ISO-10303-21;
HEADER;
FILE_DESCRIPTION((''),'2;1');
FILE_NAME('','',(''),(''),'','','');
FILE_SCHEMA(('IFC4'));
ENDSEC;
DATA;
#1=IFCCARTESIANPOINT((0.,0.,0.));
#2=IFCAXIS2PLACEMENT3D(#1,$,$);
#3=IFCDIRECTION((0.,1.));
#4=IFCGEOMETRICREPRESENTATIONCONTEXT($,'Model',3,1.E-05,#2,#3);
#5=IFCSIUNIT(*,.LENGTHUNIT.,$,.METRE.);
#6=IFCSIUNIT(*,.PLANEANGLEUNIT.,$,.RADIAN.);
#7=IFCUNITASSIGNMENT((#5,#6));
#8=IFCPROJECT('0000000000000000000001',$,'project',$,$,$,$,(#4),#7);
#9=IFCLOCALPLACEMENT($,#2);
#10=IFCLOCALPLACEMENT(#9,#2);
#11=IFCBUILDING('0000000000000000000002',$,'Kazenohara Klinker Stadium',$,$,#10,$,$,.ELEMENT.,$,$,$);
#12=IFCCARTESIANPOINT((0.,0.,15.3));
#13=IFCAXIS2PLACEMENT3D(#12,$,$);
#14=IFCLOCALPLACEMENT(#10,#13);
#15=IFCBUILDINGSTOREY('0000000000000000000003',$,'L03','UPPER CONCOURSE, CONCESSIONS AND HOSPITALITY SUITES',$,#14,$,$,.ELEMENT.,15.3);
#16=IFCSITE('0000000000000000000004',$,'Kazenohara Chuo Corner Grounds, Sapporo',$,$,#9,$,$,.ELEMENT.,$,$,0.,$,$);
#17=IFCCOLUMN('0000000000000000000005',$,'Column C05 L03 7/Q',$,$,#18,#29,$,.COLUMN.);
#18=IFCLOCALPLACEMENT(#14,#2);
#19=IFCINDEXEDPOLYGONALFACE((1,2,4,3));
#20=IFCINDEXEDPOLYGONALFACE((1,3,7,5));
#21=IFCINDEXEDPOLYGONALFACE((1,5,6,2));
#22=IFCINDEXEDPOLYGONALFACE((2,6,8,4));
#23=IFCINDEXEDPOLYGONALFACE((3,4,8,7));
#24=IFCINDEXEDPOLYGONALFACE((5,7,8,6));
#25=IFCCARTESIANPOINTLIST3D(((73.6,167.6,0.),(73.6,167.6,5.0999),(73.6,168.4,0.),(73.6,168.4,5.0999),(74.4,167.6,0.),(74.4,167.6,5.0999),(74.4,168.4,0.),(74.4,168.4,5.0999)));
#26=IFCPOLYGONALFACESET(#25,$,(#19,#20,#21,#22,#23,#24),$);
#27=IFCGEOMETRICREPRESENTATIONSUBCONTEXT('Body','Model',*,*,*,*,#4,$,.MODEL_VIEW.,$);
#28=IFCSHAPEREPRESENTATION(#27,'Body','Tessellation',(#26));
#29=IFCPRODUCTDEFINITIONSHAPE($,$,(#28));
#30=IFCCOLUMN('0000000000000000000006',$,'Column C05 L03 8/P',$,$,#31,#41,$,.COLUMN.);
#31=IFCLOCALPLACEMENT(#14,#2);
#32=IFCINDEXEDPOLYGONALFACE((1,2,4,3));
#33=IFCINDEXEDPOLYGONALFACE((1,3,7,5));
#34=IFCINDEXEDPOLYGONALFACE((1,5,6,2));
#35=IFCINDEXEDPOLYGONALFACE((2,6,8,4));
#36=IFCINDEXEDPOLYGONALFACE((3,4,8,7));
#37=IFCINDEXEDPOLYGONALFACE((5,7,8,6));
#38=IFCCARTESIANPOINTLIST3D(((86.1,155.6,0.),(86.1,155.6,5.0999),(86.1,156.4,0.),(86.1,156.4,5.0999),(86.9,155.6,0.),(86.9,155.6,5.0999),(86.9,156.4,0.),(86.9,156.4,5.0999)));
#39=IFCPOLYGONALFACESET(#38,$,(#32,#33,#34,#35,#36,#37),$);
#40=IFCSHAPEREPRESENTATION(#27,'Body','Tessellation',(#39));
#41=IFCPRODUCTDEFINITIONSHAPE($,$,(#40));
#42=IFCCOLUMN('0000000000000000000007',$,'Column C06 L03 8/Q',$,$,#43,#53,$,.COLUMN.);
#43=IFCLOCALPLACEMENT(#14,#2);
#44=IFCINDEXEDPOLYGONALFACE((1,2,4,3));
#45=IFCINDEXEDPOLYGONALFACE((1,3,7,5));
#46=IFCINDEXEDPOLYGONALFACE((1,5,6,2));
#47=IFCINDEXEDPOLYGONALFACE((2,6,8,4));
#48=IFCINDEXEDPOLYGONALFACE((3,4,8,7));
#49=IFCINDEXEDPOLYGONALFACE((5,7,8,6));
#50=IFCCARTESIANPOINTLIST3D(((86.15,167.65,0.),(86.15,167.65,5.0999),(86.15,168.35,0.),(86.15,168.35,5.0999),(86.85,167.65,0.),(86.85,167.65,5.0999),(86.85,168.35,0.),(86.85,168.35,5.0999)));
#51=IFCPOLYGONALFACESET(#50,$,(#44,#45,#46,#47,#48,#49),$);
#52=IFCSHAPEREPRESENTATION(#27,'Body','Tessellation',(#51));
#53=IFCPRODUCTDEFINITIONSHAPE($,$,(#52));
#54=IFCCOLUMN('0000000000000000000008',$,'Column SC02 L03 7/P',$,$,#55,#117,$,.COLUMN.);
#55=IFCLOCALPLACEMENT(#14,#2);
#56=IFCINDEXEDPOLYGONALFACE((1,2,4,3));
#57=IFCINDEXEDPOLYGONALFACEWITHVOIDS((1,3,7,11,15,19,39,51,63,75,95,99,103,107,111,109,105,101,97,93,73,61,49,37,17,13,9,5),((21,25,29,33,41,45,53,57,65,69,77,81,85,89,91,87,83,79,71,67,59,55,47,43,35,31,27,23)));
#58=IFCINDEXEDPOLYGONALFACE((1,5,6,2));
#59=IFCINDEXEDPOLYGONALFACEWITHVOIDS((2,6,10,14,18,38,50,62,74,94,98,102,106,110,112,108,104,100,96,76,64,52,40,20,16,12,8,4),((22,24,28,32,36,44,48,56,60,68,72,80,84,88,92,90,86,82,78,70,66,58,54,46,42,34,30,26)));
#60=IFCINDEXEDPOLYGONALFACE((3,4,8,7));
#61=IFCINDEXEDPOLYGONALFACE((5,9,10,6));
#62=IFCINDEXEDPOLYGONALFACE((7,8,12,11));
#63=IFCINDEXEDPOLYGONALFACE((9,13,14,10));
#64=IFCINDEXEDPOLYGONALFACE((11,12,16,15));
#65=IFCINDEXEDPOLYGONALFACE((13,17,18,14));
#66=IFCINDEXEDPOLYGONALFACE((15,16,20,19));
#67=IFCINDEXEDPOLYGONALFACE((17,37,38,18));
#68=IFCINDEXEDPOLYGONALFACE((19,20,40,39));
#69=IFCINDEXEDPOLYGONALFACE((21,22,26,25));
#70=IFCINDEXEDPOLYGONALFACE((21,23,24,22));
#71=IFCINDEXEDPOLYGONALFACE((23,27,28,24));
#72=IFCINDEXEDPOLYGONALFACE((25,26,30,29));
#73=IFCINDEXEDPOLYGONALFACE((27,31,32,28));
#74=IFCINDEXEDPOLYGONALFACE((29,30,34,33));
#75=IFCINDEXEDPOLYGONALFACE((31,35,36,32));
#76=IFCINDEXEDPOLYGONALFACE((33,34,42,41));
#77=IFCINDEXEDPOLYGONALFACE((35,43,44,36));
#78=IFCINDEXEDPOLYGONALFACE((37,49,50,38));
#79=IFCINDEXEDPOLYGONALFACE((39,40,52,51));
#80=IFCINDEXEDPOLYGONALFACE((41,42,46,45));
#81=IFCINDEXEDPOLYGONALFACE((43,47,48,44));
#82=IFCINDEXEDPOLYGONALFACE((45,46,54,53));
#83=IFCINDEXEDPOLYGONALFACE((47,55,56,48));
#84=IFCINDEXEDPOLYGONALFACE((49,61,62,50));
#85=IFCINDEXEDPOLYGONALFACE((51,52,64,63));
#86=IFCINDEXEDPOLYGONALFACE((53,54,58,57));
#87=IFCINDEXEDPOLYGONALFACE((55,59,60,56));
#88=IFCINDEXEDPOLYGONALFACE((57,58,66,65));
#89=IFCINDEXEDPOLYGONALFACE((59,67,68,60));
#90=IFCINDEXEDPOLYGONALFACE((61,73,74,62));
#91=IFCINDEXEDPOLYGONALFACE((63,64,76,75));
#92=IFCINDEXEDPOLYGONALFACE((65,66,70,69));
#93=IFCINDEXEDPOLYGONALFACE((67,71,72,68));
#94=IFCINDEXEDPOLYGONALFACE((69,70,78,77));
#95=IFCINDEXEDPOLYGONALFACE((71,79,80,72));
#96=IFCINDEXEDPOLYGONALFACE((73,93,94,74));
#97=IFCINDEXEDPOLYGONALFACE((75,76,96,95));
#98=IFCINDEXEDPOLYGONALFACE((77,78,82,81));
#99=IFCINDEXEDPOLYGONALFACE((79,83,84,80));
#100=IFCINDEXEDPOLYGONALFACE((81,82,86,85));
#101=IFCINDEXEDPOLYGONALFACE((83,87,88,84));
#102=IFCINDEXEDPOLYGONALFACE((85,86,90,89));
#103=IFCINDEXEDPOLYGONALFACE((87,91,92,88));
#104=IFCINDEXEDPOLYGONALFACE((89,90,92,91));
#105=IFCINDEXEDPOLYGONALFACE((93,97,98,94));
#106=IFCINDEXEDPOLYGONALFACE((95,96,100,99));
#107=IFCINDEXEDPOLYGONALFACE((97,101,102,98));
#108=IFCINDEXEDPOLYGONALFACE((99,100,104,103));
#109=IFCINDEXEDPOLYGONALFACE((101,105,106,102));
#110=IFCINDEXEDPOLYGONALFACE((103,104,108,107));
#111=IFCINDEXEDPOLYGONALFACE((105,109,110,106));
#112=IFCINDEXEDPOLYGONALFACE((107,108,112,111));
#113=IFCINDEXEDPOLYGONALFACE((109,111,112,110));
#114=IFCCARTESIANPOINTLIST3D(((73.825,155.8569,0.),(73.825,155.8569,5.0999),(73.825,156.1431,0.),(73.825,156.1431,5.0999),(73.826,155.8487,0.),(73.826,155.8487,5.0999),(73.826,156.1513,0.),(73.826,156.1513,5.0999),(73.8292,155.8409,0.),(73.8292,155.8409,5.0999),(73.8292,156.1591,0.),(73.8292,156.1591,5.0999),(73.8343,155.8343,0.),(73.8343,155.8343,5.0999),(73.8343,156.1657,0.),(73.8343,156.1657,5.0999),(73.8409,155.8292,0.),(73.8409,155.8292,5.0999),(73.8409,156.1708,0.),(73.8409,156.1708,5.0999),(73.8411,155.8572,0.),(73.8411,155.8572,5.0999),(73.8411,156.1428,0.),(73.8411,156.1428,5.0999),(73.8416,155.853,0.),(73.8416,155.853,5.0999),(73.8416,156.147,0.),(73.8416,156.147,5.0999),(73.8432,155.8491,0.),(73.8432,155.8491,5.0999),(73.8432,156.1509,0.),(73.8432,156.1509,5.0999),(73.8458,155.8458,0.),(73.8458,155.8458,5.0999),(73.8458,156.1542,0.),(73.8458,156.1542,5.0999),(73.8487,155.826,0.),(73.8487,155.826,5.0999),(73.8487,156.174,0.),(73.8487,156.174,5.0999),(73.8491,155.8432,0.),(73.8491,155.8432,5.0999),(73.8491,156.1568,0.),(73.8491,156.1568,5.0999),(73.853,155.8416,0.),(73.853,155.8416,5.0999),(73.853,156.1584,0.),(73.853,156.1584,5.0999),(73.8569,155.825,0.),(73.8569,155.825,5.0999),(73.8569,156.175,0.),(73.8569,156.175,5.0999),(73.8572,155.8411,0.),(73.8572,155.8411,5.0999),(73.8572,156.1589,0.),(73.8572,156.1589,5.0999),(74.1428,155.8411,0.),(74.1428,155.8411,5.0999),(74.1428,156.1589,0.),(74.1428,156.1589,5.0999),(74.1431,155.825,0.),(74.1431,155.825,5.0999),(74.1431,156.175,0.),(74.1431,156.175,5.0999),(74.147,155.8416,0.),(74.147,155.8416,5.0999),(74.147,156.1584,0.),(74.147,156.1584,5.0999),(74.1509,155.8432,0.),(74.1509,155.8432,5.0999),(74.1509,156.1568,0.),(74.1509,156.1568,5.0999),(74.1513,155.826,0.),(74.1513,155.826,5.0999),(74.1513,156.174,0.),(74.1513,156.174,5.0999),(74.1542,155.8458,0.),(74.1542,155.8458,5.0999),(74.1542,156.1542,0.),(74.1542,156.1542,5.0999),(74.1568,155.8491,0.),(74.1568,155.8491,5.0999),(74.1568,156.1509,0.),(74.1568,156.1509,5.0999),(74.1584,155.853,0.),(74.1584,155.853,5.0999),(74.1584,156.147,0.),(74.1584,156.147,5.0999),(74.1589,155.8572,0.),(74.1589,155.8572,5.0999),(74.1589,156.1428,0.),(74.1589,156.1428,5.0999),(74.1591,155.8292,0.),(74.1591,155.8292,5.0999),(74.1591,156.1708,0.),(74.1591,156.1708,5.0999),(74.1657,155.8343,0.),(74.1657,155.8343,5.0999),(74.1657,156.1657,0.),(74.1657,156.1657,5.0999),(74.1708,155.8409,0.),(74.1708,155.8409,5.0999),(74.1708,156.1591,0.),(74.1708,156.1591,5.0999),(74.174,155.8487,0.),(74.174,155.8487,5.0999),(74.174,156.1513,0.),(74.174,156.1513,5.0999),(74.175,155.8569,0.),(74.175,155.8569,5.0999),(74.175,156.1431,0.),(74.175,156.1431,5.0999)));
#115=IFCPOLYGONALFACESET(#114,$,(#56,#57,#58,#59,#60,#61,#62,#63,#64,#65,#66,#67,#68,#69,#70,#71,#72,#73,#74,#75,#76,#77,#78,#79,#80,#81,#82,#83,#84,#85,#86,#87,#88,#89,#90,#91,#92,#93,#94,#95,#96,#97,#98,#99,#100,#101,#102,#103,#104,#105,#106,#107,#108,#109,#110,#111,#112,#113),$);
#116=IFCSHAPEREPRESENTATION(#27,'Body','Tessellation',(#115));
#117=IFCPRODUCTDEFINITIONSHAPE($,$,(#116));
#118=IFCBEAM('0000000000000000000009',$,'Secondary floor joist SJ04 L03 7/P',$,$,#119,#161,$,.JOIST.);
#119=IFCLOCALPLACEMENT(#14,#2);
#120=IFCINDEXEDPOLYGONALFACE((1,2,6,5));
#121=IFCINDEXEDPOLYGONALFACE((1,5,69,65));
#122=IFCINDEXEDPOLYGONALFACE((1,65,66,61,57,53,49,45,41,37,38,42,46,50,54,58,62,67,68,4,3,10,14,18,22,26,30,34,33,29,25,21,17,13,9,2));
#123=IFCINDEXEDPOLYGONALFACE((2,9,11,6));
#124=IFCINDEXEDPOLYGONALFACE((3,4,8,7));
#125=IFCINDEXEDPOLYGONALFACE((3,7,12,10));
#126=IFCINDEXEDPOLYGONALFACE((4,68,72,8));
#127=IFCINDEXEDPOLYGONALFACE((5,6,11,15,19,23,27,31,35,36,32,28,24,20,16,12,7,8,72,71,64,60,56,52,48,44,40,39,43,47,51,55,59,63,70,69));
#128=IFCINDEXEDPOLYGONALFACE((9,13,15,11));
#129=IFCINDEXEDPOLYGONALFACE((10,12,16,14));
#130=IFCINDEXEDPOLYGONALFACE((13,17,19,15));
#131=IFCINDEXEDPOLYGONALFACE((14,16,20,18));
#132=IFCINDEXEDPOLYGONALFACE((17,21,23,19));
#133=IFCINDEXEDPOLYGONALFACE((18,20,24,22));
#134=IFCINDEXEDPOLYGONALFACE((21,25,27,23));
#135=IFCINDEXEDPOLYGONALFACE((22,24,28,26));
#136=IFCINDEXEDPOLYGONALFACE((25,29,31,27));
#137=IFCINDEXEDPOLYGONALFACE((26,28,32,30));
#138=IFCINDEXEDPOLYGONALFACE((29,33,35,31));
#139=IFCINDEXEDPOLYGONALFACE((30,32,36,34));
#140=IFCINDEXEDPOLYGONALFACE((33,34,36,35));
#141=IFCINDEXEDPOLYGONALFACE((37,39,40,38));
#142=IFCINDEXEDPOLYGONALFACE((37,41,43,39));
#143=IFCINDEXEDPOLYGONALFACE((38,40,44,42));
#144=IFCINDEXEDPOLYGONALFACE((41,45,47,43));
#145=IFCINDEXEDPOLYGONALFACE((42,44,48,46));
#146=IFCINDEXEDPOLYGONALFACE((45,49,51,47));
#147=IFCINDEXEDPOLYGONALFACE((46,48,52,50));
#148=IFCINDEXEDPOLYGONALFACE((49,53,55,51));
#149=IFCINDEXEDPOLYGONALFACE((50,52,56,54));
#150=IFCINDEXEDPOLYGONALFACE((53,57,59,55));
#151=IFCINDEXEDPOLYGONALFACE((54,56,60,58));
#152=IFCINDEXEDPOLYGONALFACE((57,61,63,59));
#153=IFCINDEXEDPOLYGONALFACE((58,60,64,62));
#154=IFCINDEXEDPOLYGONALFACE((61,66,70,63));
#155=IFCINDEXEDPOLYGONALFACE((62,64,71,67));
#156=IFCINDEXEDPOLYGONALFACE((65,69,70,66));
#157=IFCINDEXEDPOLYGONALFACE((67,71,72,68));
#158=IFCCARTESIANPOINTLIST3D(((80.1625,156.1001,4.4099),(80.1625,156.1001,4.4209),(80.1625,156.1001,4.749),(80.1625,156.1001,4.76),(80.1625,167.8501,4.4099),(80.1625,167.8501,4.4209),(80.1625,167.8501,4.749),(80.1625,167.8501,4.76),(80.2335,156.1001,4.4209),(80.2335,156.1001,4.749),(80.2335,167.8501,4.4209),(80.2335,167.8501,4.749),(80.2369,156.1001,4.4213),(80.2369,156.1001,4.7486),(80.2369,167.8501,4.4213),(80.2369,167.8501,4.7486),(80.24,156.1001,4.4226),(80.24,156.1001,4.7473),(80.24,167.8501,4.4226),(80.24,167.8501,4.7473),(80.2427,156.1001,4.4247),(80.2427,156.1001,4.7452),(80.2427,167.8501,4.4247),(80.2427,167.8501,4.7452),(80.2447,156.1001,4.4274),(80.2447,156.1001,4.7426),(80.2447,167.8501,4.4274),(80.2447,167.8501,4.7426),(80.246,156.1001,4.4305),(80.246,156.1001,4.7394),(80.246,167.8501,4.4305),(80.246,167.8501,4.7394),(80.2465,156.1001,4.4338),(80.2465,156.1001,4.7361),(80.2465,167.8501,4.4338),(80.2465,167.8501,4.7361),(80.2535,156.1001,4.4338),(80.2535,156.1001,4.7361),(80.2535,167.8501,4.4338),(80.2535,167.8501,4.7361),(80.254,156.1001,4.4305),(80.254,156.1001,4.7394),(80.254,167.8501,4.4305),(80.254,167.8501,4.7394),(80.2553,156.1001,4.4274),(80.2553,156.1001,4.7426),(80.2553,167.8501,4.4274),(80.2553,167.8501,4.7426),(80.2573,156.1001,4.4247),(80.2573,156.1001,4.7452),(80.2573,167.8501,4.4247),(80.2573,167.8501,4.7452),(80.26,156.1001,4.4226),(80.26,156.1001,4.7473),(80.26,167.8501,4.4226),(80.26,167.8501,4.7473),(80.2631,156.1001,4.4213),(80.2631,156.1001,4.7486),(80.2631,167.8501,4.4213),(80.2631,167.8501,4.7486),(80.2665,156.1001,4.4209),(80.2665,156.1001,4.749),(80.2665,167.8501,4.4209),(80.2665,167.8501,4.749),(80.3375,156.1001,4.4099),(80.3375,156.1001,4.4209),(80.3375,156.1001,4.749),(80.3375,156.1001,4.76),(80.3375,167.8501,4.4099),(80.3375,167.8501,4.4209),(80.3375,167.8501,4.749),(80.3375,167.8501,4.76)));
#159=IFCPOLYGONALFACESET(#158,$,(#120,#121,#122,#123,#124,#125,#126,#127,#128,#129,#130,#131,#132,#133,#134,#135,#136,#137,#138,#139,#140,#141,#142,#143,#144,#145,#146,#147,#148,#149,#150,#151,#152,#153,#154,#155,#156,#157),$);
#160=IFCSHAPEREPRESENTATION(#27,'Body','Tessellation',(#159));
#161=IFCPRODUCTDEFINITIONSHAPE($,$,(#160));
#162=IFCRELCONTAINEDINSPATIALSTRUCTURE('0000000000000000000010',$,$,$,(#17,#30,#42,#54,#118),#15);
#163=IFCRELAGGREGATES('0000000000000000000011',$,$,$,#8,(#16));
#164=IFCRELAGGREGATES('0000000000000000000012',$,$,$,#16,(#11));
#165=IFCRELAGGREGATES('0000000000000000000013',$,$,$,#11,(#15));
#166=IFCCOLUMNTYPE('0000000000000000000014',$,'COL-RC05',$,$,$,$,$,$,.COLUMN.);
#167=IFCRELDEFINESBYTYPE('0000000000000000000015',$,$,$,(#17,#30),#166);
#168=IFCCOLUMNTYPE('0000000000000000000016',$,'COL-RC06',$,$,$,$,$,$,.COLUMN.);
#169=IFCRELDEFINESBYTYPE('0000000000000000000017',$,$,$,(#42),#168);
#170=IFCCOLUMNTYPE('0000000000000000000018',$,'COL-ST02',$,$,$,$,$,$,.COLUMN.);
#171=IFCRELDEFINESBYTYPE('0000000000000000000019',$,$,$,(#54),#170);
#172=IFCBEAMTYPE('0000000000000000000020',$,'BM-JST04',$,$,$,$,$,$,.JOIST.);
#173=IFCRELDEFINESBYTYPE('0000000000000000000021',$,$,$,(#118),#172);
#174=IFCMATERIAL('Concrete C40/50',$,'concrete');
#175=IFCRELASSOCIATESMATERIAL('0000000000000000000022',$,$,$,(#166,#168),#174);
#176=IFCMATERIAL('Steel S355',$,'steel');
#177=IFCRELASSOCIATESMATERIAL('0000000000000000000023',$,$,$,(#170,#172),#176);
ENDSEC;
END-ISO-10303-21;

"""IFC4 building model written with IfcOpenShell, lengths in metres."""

from ifc_helpers import new_model, si_unit, direction, frame, origin, origin_2d, place, context, subcontext, project, spatial, rectangle, hollow_rectangle, i_section, extrude, material, material_profile, profile_set, type_object, element, save


model = new_model("IFC4")

# Units and contexts
model_context = context("Model", 3, precision=1e-05, world=origin(), true_north=direction((0.0, 1.0)))
body_context = subcontext(model_context, "Body", "Model", "MODEL_VIEW")
ifc_project = project(units=[si_unit("LENGTHUNIT", "METRE"), si_unit("PLANEANGLEUNIT", "RADIAN")], contexts=[model_context])

# Site, building, storey
site_placement = place(None, origin())
site = spatial("IfcSite", under=ifc_project, at=site_placement, Name="Kazenohara Chuo Corner Grounds, Sapporo", CompositionType="ELEMENT", RefElevation=0.0)
building_placement = place(site_placement, origin())
building = spatial("IfcBuilding", under=site, at=building_placement, Name="Kazenohara Klinker Stadium", CompositionType="ELEMENT")
storey_placement = place(building_placement, frame((0.0, 0.0, 15.3)))
storey = spatial("IfcBuildingStorey", under=building, at=storey_placement, Name="L03", Description="UPPER CONCOURSE, CONCESSIONS AND HOSPITALITY SUITES", CompositionType="ELEMENT", Elevation=15.3)

# Columns
ifc_material_1 = material(Name="Concrete C40/50", Category="concrete")
ifc_material_profile_1 = material_profile(ifc_material_1, rectangle(XDim=0.8, YDim=0.8, at=origin_2d()), Name="RC-COL-800x800")
ifc_profile_set_1 = profile_set([ifc_material_profile_1], Name="Concrete C40/50")
column_type_1 = type_object("IfcColumnType", Name="COL-RC05", PredefinedType="COLUMN", material=ifc_profile_set_1)
for number, where, z_axis, x_axis, name in (
    (1, (74.0, 168.0, 0.0), (0.0, 0.0, 1.0), (1.0, 0.0, 0.0), "Column C05 L03 7/Q"),
    (2, (86.5, 156.0, 0.0), (0.0, 0.0, 1.0), (1.0, 0.0, 0.0), "Column C05 L03 8/P"),
):
    element("IfcColumn", number, at=place(storey_placement, frame(where, z_axis=z_axis, x_axis=x_axis)), inside=storey, type_object=column_type_1, Name=name, PredefinedType="COLUMN", context=body_context, shape_type="SweptSolid", body=[
        extrude(rectangle(XDim=0.8, YDim=0.8, at=origin_2d()), origin(), (0.0, 0.0, 1.0), 5.0999),
    ])
ifc_material_profile_2 = material_profile(ifc_material_1, rectangle(XDim=0.7, YDim=0.7, at=origin_2d()), Name="RC-COL-700x700")
ifc_profile_set_2 = profile_set([ifc_material_profile_2], Name="Concrete C40/50")
column_type_2 = type_object("IfcColumnType", Name="COL-RC06", PredefinedType="COLUMN", material=ifc_profile_set_2)
column_1_placement = place(storey_placement, frame((86.5, 168.0, 0.0), z_axis=(0.0, 0.0, 1.0), x_axis=(1.0, 0.0, 0.0)))
element("IfcColumn", 3, at=column_1_placement, inside=storey, type_object=column_type_2, Name="Column C06 L03 8/Q", PredefinedType="COLUMN", context=body_context, shape_type="SweptSolid", body=[
    extrude(rectangle(XDim=0.7, YDim=0.7, at=origin_2d()), origin(), (0.0, 0.0, 1.0), 5.0999),
])
ifc_material_2 = material(Name="Steel S355", Category="steel")
ifc_material_profile_3 = material_profile(ifc_material_2, hollow_rectangle(XDim=0.3501, YDim=0.3501, WallThickness=0.0161, InnerFilletRadius=0.0161, OuterFilletRadius=0.032, at=origin_2d()), Name="SHS-350x350x16")
ifc_profile_set_3 = profile_set([ifc_material_profile_3], Name="Steel S355")
column_type_3 = type_object("IfcColumnType", Name="COL-ST02", PredefinedType="COLUMN", material=ifc_profile_set_3)
column_2_placement = place(storey_placement, frame((74.0, 156.0, 0.0), z_axis=(0.0, 0.0, 1.0), x_axis=(1.0, 0.0, 0.0)))
element("IfcColumn", 4, at=column_2_placement, inside=storey, type_object=column_type_3, Name="Column SC02 L03 7/P", PredefinedType="COLUMN", context=body_context, shape_type="SweptSolid", body=[
    extrude(hollow_rectangle(XDim=0.3501, YDim=0.3501, WallThickness=0.0161, InnerFilletRadius=0.0161, OuterFilletRadius=0.032, at=origin_2d()), origin(), (0.0, 0.0, 1.0), 5.0999),
])

# Beam
ifc_material_profile_4 = material_profile(ifc_material_2, i_section(OverallWidth=0.175, OverallDepth=0.3501, WebThickness=0.0071, FlangeThickness=0.011, FilletRadius=0.0129, at=origin_2d()), Name="H-350x175x7x11")
ifc_profile_set_4 = profile_set([ifc_material_profile_4], Name="Steel S355")
beam_type_1 = type_object("IfcBeamType", Name="BM-JST04", PredefinedType="JOIST", material=ifc_profile_set_4)
beam_1_placement = place(storey_placement, frame((80.25, 156.1001, 4.585), z_axis=(0.0, 1.0, 0.0), x_axis=(-1.0, 0.0, 0.0)))
element("IfcBeam", 5, at=beam_1_placement, inside=storey, type_object=beam_type_1, Name="Secondary floor joist SJ04 L03 7/P", PredefinedType="JOIST", context=body_context, shape_type="SweptSolid", body=[
    extrude(i_section(OverallWidth=0.175, OverallDepth=0.3501, WebThickness=0.0071, FlangeThickness=0.011, FilletRadius=0.0129, at=origin_2d()), origin(), (0.0, 0.0, 1.0), 11.75),
])

save(model, "model.ifc")
